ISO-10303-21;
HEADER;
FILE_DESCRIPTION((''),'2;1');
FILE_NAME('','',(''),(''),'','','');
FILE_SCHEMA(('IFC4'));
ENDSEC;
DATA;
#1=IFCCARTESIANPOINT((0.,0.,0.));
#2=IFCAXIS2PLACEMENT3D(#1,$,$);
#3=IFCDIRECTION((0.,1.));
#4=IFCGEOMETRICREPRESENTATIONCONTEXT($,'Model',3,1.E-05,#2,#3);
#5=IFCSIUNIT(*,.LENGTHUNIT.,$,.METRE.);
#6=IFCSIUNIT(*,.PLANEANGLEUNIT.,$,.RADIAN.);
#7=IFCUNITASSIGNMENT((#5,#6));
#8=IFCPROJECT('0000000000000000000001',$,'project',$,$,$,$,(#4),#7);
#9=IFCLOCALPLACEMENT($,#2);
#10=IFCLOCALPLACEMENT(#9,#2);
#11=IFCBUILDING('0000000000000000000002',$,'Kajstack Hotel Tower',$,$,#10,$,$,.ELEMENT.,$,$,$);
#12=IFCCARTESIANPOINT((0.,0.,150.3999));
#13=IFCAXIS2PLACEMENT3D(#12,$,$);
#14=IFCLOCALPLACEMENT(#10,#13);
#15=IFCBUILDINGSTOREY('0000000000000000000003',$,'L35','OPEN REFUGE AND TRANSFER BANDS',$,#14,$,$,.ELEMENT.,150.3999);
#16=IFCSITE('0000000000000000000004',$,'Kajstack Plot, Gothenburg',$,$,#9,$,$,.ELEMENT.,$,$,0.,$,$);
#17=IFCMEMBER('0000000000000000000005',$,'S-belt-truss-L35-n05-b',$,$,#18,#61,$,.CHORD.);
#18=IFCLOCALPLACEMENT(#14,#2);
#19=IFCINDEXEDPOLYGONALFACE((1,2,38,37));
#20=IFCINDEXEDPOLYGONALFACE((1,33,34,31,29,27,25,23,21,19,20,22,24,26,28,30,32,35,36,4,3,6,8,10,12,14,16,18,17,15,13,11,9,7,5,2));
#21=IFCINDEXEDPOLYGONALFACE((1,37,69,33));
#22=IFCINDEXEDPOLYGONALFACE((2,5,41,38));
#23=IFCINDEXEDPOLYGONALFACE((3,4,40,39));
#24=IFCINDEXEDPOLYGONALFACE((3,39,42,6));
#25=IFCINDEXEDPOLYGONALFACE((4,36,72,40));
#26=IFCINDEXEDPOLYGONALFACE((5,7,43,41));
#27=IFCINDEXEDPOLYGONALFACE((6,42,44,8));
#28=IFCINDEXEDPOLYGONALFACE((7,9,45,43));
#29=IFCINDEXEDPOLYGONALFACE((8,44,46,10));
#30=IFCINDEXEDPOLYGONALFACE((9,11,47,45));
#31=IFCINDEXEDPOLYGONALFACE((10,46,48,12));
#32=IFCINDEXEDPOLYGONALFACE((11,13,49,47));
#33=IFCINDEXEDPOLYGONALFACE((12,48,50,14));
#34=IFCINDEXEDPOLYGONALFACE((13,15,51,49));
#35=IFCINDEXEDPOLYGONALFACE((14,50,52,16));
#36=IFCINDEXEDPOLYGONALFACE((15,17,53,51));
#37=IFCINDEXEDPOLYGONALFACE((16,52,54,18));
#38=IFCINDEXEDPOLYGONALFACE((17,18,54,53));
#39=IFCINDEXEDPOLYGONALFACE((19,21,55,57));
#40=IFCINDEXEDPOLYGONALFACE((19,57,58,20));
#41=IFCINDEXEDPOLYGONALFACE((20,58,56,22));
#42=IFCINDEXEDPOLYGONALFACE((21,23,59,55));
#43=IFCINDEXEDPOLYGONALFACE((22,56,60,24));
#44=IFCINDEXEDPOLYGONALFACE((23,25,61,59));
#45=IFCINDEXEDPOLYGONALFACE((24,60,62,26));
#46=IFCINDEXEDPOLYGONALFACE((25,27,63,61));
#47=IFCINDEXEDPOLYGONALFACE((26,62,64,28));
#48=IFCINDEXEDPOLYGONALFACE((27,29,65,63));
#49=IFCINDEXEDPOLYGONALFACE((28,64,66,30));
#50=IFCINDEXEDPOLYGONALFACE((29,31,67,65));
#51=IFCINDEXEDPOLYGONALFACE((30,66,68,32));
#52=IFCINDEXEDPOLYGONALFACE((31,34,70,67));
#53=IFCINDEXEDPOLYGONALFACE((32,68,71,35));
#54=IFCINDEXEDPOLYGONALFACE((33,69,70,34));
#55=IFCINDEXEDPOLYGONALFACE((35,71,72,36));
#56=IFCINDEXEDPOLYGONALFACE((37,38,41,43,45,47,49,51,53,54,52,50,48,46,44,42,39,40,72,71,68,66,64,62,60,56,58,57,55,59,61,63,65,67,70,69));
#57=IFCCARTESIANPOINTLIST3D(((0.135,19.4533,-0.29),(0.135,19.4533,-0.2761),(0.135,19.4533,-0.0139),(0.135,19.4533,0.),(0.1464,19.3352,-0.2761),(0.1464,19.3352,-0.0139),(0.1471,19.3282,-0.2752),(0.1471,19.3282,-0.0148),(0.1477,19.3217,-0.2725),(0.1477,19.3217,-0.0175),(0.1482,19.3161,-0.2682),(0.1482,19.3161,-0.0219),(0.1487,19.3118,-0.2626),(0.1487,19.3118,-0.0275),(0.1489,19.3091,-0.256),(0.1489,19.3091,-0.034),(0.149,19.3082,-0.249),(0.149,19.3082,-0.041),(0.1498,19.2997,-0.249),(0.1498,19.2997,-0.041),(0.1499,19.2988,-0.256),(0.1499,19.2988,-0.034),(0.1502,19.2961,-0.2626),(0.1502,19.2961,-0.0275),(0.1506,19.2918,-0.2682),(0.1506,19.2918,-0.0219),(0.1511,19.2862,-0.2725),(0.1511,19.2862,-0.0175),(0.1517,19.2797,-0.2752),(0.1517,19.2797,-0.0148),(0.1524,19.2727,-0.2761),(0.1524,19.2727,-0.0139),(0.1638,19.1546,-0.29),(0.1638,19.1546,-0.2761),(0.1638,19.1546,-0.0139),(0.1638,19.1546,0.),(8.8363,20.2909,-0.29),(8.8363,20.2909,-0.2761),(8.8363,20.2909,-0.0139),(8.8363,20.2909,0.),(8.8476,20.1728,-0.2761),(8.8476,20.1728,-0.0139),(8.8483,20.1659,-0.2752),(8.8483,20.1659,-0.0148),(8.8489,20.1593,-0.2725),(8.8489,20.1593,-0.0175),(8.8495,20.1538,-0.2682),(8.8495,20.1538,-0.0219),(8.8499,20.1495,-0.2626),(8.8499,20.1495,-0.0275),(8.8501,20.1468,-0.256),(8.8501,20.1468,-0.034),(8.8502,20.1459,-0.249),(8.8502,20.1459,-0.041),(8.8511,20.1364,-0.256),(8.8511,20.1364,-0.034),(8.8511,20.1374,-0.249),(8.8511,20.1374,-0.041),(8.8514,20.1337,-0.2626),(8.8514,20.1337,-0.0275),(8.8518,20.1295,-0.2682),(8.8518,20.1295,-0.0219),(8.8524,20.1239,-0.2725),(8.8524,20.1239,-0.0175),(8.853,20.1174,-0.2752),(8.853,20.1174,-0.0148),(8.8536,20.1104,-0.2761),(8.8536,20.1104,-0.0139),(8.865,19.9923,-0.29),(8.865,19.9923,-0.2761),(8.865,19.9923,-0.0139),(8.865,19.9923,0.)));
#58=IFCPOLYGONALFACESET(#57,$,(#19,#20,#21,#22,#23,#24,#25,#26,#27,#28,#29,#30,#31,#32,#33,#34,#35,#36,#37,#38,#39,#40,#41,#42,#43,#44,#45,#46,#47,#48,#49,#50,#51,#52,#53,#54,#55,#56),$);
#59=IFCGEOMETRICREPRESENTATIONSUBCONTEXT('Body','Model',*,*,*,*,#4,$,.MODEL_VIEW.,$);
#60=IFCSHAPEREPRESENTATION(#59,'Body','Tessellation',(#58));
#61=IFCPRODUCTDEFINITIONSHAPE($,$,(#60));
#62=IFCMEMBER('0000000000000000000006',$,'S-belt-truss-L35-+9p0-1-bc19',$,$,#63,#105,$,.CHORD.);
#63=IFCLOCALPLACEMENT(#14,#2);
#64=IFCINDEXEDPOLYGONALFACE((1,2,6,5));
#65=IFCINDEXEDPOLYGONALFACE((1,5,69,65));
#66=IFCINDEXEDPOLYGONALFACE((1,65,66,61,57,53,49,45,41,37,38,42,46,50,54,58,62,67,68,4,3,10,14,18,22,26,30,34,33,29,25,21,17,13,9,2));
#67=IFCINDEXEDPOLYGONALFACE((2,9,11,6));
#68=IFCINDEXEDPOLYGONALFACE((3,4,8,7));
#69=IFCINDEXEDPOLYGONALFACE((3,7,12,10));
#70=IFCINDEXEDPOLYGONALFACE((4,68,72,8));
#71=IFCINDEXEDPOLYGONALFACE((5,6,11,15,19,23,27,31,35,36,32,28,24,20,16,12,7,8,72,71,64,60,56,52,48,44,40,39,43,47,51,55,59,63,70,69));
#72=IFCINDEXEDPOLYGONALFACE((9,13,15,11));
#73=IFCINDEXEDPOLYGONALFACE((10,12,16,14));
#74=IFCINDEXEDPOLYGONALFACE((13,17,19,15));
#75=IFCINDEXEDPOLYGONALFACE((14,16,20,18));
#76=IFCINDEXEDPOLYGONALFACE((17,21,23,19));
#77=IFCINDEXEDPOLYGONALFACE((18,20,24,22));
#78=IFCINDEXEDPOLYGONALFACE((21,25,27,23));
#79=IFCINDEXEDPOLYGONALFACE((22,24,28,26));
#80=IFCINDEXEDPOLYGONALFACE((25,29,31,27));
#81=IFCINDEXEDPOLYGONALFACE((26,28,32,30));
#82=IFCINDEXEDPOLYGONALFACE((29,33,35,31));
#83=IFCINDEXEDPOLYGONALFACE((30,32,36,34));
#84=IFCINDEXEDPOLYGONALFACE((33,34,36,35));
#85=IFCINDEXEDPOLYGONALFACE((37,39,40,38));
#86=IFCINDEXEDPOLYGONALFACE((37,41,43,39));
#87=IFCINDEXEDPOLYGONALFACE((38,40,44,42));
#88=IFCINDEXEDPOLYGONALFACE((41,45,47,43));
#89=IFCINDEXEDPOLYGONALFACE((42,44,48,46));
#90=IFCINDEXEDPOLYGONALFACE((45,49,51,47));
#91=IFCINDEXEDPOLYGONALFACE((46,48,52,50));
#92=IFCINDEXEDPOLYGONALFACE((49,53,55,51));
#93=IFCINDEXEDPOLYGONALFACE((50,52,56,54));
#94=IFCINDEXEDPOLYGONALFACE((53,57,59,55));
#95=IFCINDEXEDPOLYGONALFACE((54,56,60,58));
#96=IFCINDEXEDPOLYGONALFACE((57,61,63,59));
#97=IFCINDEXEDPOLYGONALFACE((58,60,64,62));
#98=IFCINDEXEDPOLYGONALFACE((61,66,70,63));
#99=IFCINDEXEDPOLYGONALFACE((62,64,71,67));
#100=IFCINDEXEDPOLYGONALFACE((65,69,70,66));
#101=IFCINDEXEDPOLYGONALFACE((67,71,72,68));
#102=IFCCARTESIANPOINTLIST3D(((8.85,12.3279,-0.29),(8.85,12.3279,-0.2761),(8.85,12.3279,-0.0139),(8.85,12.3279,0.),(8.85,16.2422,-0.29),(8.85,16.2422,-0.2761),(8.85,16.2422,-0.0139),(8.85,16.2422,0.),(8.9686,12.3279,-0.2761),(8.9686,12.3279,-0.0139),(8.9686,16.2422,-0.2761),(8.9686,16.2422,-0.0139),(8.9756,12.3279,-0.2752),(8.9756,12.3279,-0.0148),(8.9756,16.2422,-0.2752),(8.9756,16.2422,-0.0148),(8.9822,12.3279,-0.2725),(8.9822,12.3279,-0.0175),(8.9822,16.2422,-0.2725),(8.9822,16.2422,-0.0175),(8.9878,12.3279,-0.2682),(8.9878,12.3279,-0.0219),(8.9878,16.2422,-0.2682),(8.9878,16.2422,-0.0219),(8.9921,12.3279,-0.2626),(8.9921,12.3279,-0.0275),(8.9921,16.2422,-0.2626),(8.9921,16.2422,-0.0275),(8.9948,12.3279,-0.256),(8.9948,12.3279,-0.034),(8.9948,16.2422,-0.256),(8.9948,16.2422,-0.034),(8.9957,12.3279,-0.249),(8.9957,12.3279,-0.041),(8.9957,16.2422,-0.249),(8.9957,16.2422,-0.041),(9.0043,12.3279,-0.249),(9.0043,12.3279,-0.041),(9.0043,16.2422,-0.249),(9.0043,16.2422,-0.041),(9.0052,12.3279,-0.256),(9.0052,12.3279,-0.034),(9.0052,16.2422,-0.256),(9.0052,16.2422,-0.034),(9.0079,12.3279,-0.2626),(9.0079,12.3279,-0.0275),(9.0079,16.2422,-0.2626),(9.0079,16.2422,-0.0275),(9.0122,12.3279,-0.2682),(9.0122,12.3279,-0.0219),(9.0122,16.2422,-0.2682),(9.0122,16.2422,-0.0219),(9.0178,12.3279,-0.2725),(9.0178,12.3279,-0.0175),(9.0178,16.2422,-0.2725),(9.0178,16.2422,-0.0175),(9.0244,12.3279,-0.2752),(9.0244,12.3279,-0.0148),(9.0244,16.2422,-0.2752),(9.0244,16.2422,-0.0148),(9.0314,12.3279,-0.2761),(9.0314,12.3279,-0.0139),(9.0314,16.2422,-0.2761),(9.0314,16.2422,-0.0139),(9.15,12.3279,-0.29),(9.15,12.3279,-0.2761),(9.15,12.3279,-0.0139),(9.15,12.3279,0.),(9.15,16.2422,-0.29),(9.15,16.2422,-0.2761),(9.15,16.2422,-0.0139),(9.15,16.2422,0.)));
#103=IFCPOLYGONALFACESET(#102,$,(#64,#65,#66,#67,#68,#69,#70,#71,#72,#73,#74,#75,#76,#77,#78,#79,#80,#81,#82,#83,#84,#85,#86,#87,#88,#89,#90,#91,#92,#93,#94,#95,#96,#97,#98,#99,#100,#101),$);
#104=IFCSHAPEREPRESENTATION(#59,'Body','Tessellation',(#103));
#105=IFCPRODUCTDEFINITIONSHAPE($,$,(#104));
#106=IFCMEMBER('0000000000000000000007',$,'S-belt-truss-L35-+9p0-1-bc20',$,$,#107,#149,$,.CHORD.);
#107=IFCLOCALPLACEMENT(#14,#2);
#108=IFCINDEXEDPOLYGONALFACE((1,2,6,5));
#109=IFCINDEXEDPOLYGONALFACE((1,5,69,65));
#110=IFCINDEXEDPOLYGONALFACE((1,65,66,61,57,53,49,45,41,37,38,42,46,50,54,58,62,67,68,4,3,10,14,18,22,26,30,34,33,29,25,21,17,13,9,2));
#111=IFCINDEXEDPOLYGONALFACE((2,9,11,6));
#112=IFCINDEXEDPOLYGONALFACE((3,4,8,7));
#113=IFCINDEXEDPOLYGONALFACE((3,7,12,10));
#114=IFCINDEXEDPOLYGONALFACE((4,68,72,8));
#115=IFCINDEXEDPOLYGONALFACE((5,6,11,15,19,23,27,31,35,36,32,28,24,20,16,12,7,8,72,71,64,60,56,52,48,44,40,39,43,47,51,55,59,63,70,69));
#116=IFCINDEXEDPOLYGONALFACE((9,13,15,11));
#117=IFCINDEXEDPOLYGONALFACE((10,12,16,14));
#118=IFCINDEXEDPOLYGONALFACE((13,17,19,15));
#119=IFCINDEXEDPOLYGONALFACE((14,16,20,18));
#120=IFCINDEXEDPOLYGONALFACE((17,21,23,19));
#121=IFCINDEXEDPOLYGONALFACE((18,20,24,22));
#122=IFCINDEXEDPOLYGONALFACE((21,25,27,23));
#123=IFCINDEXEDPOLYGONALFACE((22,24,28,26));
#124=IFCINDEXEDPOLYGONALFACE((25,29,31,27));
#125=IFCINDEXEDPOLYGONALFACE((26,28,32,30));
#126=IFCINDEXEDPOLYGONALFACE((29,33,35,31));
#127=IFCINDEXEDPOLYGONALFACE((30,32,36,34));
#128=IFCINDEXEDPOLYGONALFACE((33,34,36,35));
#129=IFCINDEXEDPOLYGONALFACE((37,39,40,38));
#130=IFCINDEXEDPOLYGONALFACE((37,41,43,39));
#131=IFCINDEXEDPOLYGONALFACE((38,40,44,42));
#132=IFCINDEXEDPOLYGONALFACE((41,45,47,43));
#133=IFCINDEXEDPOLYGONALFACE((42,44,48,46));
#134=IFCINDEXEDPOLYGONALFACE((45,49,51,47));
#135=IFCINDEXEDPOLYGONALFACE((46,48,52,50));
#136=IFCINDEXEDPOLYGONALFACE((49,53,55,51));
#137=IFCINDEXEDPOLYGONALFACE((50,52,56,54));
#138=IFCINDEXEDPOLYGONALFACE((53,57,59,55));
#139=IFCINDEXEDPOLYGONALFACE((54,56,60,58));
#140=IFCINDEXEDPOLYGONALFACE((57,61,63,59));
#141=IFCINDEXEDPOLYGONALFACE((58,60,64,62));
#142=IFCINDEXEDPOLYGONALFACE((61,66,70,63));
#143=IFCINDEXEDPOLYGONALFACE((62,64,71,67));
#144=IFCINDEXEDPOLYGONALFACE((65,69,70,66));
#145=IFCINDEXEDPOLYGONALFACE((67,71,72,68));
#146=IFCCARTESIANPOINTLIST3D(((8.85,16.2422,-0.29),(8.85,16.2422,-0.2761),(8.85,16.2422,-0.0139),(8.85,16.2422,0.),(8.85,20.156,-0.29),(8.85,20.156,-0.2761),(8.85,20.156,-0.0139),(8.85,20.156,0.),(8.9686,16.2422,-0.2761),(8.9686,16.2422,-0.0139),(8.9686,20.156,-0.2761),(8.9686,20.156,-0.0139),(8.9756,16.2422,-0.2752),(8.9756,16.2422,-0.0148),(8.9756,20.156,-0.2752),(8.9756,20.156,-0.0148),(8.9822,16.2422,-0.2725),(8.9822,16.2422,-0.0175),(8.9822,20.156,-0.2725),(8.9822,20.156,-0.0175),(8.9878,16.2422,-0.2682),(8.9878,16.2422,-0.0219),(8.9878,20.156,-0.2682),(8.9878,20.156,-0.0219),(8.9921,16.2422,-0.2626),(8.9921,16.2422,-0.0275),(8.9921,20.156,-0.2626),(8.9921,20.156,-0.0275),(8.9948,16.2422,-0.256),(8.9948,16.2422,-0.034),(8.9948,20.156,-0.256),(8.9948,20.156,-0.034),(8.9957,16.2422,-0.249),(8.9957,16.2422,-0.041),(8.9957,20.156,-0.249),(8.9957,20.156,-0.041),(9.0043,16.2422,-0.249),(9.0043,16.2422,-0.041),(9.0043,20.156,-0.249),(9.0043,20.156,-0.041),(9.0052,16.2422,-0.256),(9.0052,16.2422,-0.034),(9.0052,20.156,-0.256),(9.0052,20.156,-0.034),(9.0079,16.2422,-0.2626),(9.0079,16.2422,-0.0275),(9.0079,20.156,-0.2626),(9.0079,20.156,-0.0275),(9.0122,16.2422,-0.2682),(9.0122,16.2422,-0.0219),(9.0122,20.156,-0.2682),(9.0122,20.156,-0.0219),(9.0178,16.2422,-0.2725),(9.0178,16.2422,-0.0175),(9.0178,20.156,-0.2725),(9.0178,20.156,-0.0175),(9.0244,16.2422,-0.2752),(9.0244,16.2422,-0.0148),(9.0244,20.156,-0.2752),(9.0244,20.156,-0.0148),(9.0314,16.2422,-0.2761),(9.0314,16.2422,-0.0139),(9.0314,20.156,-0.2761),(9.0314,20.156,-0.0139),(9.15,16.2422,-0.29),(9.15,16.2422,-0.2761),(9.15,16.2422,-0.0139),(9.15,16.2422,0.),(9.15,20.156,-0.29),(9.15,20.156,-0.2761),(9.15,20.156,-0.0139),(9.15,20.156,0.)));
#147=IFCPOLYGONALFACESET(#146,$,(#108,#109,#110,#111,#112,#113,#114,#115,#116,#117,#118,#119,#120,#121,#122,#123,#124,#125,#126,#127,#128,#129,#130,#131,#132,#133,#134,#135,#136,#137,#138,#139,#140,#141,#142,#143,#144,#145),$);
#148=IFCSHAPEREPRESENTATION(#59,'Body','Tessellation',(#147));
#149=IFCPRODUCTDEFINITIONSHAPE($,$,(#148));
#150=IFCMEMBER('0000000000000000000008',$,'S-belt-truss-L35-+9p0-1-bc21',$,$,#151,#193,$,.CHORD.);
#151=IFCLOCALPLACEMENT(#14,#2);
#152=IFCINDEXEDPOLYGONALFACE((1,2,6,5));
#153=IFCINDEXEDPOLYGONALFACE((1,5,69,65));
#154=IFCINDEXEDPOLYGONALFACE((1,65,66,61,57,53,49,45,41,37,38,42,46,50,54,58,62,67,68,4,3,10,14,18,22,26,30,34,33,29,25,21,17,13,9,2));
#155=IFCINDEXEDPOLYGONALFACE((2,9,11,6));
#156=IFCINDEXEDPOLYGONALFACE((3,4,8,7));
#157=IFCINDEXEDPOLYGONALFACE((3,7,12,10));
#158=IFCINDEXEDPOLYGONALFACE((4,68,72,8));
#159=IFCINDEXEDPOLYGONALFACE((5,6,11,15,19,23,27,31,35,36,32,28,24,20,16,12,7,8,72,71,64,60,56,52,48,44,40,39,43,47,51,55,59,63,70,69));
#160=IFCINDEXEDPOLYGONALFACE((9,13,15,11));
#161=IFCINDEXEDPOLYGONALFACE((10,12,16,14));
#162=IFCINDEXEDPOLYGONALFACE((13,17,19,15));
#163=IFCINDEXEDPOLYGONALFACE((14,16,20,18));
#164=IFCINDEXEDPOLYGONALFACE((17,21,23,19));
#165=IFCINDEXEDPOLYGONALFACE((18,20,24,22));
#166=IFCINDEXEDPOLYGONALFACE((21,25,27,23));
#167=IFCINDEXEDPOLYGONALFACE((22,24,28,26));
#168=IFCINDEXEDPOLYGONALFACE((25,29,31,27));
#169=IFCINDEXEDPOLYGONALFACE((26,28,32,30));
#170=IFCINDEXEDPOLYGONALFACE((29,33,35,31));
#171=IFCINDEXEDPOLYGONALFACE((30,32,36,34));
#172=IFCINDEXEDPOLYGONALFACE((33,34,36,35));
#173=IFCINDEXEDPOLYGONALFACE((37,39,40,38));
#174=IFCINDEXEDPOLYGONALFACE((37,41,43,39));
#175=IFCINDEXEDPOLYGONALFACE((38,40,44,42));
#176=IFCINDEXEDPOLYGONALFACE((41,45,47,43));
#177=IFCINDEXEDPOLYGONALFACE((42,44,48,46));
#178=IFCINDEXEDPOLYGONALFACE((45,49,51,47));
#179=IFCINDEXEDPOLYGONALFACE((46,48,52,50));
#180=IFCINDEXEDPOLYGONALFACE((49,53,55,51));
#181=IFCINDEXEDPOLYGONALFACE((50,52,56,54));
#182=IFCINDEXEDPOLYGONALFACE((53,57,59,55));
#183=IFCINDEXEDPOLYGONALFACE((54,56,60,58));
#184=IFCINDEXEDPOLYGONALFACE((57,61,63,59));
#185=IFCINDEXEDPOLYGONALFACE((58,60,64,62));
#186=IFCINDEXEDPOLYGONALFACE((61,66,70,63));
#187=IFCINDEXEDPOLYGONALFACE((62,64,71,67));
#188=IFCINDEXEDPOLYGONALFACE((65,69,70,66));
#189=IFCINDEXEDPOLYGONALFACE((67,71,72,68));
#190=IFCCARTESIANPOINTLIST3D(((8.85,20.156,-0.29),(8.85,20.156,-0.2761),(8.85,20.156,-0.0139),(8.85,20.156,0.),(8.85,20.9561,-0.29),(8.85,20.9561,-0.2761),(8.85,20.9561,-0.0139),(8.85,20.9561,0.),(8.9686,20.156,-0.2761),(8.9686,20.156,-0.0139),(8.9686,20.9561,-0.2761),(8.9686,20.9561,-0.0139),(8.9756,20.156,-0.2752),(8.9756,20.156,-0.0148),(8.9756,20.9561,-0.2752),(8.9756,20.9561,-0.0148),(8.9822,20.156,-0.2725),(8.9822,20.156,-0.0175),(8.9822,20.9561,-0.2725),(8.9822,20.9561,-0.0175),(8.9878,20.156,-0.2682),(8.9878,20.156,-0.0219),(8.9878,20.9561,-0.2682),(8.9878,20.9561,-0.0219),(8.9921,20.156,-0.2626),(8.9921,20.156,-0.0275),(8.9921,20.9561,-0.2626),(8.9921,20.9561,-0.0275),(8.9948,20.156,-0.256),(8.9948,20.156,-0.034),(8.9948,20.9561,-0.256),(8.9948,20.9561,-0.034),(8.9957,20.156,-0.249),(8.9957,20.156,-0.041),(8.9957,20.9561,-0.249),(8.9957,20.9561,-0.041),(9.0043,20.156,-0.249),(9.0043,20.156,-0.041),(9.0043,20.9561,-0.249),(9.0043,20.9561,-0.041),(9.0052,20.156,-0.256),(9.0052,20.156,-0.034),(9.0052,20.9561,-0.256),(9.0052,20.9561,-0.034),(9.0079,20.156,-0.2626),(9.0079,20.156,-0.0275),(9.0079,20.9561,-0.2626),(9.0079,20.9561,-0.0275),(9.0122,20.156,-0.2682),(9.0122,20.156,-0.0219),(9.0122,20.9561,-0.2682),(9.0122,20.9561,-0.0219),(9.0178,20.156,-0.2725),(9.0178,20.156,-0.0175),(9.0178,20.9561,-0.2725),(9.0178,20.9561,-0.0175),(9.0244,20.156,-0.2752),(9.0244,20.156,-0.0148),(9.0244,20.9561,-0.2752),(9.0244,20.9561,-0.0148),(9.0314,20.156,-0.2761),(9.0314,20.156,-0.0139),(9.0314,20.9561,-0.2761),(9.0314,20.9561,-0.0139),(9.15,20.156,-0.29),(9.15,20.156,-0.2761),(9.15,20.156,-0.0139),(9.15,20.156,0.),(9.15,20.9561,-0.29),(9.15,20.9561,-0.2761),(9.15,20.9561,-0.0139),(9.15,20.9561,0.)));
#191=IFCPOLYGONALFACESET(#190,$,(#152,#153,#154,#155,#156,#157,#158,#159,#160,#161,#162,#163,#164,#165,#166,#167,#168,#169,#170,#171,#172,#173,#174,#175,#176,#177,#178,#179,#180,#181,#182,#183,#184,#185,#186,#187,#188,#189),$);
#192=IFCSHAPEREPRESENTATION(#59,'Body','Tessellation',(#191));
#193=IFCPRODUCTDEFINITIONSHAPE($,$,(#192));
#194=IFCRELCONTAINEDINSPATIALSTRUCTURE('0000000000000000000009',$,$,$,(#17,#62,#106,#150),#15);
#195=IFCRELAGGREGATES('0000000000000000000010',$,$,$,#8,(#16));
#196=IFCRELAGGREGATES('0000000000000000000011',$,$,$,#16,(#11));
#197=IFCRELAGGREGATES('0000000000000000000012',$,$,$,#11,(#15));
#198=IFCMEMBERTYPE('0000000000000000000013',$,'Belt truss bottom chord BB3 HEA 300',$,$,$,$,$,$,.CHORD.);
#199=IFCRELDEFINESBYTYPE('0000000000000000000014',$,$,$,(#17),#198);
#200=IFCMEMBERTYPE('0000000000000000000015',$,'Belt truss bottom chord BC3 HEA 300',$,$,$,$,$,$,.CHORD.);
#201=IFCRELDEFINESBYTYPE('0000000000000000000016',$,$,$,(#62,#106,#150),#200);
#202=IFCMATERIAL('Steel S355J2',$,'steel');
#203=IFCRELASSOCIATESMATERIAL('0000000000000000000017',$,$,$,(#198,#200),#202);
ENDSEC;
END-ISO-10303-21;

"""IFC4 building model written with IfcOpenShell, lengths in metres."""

from ifc_helpers import new_model, si_unit, direction, frame, origin, origin_2d, place, context, subcontext, project, spatial, i_section, extrude, material, material_profile, profile_set, type_object, element, save


model = new_model("IFC4")

# Units and contexts
model_context = context("Model", 3, precision=1e-05, world=origin(), true_north=direction((0.0, 1.0)))
body_context = subcontext(model_context, "Body", "Model", "MODEL_VIEW")
ifc_project = project(units=[si_unit("LENGTHUNIT", "METRE"), si_unit("PLANEANGLEUNIT", "RADIAN")], contexts=[model_context])

# Site, building, storey
site_placement = place(None, origin())
site = spatial("IfcSite", under=ifc_project, at=site_placement, Name="Kajstack Plot, Gothenburg", CompositionType="ELEMENT", RefElevation=0.0)
building_placement = place(site_placement, origin())
building = spatial("IfcBuilding", under=site, at=building_placement, Name="Kajstack Hotel Tower", CompositionType="ELEMENT")
storey_placement = place(building_placement, frame((0.0, 0.0, 150.3999)))
storey = spatial("IfcBuildingStorey", under=building, at=storey_placement, Name="L35", Description="OPEN REFUGE AND TRANSFER BANDS", CompositionType="ELEMENT", Elevation=150.3999)

# Members
ifc_material = material(Name="Steel S355J2", Category="steel")
ifc_material_profile_1 = material_profile(ifc_material, i_section(OverallWidth=0.3, OverallDepth=0.29, WebThickness=0.0085, FlangeThickness=0.0139, FilletRadius=0.0271, at=origin_2d()), Name="HEA 300")
ifc_profile_set_1 = profile_set([ifc_material_profile_1], Name="Steel S355J2")
member_type_1 = type_object("IfcMemberType", Name="Belt truss bottom chord BB3 HEA 300", PredefinedType="CHORD", material=ifc_profile_set_1)
member_1_placement = place(storey_placement, frame((0.1494, 19.304, -0.145), z_axis=(0.995398, 0.095825, 0.0), x_axis=(-0.095825, 0.995398, 0.0)))
element("IfcMember", 1, at=member_1_placement, inside=storey, type_object=member_type_1, Name="S-belt-truss-L35-n05-b", PredefinedType="CHORD", context=body_context, shape_type="SweptSolid", body=[
    extrude(i_section(OverallWidth=0.3, OverallDepth=0.29, WebThickness=0.0085, FlangeThickness=0.0139, FilletRadius=0.0271, at=origin_2d()), origin(), (0.0, 0.0, 1.0), 8.7415),
])
ifc_material_profile_2 = material_profile(ifc_material, i_section(OverallWidth=0.3, OverallDepth=0.29, WebThickness=0.0085, FlangeThickness=0.0139, FilletRadius=0.0271, at=origin_2d()), Name="HEA 300")
ifc_profile_set_2 = profile_set([ifc_material_profile_2], Name="Steel S355J2")
member_type_2 = type_object("IfcMemberType", Name="Belt truss bottom chord BC3 HEA 300", PredefinedType="CHORD", material=ifc_profile_set_2)
member_2_placement = place(storey_placement, frame((9.0, 12.3279, -0.145), z_axis=(0.0, 1.0, 0.0), x_axis=(-1.0, 0.0, 0.0)))
element("IfcMember", 2, at=member_2_placement, inside=storey, type_object=member_type_2, Name="S-belt-truss-L35-+9p0-1-bc19", PredefinedType="CHORD", context=body_context, shape_type="SweptSolid", body=[
    extrude(i_section(OverallWidth=0.3, OverallDepth=0.29, WebThickness=0.0085, FlangeThickness=0.0139, FilletRadius=0.0271, at=origin_2d()), origin(), (0.0, 0.0, 1.0), 3.9143),
])
member_3_placement = place(storey_placement, frame((9.0, 16.2422, -0.145), z_axis=(0.0, 1.0, 0.0), x_axis=(-1.0, 0.0, 0.0)))
element("IfcMember", 3, at=member_3_placement, inside=storey, type_object=member_type_2, Name="S-belt-truss-L35-+9p0-1-bc20", PredefinedType="CHORD", context=body_context, shape_type="SweptSolid", body=[
    extrude(i_section(OverallWidth=0.3, OverallDepth=0.29, WebThickness=0.0085, FlangeThickness=0.0139, FilletRadius=0.0271, at=origin_2d()), origin(), (0.0, 0.0, 1.0), 3.9138),
])
member_4_placement = place(storey_placement, frame((9.0, 20.156, -0.145), z_axis=(0.0, 1.0, 0.0), x_axis=(-1.0, 0.0, 0.0)))
element("IfcMember", 4, at=member_4_placement, inside=storey, type_object=member_type_2, Name="S-belt-truss-L35-+9p0-1-bc21", PredefinedType="CHORD", context=body_context, shape_type="SweptSolid", body=[
    extrude(i_section(OverallWidth=0.3, OverallDepth=0.29, WebThickness=0.0085, FlangeThickness=0.0139, FilletRadius=0.0271, at=origin_2d()), origin(), (0.0, 0.0, 1.0), 0.8),
])

save(model, "model.ifc")
